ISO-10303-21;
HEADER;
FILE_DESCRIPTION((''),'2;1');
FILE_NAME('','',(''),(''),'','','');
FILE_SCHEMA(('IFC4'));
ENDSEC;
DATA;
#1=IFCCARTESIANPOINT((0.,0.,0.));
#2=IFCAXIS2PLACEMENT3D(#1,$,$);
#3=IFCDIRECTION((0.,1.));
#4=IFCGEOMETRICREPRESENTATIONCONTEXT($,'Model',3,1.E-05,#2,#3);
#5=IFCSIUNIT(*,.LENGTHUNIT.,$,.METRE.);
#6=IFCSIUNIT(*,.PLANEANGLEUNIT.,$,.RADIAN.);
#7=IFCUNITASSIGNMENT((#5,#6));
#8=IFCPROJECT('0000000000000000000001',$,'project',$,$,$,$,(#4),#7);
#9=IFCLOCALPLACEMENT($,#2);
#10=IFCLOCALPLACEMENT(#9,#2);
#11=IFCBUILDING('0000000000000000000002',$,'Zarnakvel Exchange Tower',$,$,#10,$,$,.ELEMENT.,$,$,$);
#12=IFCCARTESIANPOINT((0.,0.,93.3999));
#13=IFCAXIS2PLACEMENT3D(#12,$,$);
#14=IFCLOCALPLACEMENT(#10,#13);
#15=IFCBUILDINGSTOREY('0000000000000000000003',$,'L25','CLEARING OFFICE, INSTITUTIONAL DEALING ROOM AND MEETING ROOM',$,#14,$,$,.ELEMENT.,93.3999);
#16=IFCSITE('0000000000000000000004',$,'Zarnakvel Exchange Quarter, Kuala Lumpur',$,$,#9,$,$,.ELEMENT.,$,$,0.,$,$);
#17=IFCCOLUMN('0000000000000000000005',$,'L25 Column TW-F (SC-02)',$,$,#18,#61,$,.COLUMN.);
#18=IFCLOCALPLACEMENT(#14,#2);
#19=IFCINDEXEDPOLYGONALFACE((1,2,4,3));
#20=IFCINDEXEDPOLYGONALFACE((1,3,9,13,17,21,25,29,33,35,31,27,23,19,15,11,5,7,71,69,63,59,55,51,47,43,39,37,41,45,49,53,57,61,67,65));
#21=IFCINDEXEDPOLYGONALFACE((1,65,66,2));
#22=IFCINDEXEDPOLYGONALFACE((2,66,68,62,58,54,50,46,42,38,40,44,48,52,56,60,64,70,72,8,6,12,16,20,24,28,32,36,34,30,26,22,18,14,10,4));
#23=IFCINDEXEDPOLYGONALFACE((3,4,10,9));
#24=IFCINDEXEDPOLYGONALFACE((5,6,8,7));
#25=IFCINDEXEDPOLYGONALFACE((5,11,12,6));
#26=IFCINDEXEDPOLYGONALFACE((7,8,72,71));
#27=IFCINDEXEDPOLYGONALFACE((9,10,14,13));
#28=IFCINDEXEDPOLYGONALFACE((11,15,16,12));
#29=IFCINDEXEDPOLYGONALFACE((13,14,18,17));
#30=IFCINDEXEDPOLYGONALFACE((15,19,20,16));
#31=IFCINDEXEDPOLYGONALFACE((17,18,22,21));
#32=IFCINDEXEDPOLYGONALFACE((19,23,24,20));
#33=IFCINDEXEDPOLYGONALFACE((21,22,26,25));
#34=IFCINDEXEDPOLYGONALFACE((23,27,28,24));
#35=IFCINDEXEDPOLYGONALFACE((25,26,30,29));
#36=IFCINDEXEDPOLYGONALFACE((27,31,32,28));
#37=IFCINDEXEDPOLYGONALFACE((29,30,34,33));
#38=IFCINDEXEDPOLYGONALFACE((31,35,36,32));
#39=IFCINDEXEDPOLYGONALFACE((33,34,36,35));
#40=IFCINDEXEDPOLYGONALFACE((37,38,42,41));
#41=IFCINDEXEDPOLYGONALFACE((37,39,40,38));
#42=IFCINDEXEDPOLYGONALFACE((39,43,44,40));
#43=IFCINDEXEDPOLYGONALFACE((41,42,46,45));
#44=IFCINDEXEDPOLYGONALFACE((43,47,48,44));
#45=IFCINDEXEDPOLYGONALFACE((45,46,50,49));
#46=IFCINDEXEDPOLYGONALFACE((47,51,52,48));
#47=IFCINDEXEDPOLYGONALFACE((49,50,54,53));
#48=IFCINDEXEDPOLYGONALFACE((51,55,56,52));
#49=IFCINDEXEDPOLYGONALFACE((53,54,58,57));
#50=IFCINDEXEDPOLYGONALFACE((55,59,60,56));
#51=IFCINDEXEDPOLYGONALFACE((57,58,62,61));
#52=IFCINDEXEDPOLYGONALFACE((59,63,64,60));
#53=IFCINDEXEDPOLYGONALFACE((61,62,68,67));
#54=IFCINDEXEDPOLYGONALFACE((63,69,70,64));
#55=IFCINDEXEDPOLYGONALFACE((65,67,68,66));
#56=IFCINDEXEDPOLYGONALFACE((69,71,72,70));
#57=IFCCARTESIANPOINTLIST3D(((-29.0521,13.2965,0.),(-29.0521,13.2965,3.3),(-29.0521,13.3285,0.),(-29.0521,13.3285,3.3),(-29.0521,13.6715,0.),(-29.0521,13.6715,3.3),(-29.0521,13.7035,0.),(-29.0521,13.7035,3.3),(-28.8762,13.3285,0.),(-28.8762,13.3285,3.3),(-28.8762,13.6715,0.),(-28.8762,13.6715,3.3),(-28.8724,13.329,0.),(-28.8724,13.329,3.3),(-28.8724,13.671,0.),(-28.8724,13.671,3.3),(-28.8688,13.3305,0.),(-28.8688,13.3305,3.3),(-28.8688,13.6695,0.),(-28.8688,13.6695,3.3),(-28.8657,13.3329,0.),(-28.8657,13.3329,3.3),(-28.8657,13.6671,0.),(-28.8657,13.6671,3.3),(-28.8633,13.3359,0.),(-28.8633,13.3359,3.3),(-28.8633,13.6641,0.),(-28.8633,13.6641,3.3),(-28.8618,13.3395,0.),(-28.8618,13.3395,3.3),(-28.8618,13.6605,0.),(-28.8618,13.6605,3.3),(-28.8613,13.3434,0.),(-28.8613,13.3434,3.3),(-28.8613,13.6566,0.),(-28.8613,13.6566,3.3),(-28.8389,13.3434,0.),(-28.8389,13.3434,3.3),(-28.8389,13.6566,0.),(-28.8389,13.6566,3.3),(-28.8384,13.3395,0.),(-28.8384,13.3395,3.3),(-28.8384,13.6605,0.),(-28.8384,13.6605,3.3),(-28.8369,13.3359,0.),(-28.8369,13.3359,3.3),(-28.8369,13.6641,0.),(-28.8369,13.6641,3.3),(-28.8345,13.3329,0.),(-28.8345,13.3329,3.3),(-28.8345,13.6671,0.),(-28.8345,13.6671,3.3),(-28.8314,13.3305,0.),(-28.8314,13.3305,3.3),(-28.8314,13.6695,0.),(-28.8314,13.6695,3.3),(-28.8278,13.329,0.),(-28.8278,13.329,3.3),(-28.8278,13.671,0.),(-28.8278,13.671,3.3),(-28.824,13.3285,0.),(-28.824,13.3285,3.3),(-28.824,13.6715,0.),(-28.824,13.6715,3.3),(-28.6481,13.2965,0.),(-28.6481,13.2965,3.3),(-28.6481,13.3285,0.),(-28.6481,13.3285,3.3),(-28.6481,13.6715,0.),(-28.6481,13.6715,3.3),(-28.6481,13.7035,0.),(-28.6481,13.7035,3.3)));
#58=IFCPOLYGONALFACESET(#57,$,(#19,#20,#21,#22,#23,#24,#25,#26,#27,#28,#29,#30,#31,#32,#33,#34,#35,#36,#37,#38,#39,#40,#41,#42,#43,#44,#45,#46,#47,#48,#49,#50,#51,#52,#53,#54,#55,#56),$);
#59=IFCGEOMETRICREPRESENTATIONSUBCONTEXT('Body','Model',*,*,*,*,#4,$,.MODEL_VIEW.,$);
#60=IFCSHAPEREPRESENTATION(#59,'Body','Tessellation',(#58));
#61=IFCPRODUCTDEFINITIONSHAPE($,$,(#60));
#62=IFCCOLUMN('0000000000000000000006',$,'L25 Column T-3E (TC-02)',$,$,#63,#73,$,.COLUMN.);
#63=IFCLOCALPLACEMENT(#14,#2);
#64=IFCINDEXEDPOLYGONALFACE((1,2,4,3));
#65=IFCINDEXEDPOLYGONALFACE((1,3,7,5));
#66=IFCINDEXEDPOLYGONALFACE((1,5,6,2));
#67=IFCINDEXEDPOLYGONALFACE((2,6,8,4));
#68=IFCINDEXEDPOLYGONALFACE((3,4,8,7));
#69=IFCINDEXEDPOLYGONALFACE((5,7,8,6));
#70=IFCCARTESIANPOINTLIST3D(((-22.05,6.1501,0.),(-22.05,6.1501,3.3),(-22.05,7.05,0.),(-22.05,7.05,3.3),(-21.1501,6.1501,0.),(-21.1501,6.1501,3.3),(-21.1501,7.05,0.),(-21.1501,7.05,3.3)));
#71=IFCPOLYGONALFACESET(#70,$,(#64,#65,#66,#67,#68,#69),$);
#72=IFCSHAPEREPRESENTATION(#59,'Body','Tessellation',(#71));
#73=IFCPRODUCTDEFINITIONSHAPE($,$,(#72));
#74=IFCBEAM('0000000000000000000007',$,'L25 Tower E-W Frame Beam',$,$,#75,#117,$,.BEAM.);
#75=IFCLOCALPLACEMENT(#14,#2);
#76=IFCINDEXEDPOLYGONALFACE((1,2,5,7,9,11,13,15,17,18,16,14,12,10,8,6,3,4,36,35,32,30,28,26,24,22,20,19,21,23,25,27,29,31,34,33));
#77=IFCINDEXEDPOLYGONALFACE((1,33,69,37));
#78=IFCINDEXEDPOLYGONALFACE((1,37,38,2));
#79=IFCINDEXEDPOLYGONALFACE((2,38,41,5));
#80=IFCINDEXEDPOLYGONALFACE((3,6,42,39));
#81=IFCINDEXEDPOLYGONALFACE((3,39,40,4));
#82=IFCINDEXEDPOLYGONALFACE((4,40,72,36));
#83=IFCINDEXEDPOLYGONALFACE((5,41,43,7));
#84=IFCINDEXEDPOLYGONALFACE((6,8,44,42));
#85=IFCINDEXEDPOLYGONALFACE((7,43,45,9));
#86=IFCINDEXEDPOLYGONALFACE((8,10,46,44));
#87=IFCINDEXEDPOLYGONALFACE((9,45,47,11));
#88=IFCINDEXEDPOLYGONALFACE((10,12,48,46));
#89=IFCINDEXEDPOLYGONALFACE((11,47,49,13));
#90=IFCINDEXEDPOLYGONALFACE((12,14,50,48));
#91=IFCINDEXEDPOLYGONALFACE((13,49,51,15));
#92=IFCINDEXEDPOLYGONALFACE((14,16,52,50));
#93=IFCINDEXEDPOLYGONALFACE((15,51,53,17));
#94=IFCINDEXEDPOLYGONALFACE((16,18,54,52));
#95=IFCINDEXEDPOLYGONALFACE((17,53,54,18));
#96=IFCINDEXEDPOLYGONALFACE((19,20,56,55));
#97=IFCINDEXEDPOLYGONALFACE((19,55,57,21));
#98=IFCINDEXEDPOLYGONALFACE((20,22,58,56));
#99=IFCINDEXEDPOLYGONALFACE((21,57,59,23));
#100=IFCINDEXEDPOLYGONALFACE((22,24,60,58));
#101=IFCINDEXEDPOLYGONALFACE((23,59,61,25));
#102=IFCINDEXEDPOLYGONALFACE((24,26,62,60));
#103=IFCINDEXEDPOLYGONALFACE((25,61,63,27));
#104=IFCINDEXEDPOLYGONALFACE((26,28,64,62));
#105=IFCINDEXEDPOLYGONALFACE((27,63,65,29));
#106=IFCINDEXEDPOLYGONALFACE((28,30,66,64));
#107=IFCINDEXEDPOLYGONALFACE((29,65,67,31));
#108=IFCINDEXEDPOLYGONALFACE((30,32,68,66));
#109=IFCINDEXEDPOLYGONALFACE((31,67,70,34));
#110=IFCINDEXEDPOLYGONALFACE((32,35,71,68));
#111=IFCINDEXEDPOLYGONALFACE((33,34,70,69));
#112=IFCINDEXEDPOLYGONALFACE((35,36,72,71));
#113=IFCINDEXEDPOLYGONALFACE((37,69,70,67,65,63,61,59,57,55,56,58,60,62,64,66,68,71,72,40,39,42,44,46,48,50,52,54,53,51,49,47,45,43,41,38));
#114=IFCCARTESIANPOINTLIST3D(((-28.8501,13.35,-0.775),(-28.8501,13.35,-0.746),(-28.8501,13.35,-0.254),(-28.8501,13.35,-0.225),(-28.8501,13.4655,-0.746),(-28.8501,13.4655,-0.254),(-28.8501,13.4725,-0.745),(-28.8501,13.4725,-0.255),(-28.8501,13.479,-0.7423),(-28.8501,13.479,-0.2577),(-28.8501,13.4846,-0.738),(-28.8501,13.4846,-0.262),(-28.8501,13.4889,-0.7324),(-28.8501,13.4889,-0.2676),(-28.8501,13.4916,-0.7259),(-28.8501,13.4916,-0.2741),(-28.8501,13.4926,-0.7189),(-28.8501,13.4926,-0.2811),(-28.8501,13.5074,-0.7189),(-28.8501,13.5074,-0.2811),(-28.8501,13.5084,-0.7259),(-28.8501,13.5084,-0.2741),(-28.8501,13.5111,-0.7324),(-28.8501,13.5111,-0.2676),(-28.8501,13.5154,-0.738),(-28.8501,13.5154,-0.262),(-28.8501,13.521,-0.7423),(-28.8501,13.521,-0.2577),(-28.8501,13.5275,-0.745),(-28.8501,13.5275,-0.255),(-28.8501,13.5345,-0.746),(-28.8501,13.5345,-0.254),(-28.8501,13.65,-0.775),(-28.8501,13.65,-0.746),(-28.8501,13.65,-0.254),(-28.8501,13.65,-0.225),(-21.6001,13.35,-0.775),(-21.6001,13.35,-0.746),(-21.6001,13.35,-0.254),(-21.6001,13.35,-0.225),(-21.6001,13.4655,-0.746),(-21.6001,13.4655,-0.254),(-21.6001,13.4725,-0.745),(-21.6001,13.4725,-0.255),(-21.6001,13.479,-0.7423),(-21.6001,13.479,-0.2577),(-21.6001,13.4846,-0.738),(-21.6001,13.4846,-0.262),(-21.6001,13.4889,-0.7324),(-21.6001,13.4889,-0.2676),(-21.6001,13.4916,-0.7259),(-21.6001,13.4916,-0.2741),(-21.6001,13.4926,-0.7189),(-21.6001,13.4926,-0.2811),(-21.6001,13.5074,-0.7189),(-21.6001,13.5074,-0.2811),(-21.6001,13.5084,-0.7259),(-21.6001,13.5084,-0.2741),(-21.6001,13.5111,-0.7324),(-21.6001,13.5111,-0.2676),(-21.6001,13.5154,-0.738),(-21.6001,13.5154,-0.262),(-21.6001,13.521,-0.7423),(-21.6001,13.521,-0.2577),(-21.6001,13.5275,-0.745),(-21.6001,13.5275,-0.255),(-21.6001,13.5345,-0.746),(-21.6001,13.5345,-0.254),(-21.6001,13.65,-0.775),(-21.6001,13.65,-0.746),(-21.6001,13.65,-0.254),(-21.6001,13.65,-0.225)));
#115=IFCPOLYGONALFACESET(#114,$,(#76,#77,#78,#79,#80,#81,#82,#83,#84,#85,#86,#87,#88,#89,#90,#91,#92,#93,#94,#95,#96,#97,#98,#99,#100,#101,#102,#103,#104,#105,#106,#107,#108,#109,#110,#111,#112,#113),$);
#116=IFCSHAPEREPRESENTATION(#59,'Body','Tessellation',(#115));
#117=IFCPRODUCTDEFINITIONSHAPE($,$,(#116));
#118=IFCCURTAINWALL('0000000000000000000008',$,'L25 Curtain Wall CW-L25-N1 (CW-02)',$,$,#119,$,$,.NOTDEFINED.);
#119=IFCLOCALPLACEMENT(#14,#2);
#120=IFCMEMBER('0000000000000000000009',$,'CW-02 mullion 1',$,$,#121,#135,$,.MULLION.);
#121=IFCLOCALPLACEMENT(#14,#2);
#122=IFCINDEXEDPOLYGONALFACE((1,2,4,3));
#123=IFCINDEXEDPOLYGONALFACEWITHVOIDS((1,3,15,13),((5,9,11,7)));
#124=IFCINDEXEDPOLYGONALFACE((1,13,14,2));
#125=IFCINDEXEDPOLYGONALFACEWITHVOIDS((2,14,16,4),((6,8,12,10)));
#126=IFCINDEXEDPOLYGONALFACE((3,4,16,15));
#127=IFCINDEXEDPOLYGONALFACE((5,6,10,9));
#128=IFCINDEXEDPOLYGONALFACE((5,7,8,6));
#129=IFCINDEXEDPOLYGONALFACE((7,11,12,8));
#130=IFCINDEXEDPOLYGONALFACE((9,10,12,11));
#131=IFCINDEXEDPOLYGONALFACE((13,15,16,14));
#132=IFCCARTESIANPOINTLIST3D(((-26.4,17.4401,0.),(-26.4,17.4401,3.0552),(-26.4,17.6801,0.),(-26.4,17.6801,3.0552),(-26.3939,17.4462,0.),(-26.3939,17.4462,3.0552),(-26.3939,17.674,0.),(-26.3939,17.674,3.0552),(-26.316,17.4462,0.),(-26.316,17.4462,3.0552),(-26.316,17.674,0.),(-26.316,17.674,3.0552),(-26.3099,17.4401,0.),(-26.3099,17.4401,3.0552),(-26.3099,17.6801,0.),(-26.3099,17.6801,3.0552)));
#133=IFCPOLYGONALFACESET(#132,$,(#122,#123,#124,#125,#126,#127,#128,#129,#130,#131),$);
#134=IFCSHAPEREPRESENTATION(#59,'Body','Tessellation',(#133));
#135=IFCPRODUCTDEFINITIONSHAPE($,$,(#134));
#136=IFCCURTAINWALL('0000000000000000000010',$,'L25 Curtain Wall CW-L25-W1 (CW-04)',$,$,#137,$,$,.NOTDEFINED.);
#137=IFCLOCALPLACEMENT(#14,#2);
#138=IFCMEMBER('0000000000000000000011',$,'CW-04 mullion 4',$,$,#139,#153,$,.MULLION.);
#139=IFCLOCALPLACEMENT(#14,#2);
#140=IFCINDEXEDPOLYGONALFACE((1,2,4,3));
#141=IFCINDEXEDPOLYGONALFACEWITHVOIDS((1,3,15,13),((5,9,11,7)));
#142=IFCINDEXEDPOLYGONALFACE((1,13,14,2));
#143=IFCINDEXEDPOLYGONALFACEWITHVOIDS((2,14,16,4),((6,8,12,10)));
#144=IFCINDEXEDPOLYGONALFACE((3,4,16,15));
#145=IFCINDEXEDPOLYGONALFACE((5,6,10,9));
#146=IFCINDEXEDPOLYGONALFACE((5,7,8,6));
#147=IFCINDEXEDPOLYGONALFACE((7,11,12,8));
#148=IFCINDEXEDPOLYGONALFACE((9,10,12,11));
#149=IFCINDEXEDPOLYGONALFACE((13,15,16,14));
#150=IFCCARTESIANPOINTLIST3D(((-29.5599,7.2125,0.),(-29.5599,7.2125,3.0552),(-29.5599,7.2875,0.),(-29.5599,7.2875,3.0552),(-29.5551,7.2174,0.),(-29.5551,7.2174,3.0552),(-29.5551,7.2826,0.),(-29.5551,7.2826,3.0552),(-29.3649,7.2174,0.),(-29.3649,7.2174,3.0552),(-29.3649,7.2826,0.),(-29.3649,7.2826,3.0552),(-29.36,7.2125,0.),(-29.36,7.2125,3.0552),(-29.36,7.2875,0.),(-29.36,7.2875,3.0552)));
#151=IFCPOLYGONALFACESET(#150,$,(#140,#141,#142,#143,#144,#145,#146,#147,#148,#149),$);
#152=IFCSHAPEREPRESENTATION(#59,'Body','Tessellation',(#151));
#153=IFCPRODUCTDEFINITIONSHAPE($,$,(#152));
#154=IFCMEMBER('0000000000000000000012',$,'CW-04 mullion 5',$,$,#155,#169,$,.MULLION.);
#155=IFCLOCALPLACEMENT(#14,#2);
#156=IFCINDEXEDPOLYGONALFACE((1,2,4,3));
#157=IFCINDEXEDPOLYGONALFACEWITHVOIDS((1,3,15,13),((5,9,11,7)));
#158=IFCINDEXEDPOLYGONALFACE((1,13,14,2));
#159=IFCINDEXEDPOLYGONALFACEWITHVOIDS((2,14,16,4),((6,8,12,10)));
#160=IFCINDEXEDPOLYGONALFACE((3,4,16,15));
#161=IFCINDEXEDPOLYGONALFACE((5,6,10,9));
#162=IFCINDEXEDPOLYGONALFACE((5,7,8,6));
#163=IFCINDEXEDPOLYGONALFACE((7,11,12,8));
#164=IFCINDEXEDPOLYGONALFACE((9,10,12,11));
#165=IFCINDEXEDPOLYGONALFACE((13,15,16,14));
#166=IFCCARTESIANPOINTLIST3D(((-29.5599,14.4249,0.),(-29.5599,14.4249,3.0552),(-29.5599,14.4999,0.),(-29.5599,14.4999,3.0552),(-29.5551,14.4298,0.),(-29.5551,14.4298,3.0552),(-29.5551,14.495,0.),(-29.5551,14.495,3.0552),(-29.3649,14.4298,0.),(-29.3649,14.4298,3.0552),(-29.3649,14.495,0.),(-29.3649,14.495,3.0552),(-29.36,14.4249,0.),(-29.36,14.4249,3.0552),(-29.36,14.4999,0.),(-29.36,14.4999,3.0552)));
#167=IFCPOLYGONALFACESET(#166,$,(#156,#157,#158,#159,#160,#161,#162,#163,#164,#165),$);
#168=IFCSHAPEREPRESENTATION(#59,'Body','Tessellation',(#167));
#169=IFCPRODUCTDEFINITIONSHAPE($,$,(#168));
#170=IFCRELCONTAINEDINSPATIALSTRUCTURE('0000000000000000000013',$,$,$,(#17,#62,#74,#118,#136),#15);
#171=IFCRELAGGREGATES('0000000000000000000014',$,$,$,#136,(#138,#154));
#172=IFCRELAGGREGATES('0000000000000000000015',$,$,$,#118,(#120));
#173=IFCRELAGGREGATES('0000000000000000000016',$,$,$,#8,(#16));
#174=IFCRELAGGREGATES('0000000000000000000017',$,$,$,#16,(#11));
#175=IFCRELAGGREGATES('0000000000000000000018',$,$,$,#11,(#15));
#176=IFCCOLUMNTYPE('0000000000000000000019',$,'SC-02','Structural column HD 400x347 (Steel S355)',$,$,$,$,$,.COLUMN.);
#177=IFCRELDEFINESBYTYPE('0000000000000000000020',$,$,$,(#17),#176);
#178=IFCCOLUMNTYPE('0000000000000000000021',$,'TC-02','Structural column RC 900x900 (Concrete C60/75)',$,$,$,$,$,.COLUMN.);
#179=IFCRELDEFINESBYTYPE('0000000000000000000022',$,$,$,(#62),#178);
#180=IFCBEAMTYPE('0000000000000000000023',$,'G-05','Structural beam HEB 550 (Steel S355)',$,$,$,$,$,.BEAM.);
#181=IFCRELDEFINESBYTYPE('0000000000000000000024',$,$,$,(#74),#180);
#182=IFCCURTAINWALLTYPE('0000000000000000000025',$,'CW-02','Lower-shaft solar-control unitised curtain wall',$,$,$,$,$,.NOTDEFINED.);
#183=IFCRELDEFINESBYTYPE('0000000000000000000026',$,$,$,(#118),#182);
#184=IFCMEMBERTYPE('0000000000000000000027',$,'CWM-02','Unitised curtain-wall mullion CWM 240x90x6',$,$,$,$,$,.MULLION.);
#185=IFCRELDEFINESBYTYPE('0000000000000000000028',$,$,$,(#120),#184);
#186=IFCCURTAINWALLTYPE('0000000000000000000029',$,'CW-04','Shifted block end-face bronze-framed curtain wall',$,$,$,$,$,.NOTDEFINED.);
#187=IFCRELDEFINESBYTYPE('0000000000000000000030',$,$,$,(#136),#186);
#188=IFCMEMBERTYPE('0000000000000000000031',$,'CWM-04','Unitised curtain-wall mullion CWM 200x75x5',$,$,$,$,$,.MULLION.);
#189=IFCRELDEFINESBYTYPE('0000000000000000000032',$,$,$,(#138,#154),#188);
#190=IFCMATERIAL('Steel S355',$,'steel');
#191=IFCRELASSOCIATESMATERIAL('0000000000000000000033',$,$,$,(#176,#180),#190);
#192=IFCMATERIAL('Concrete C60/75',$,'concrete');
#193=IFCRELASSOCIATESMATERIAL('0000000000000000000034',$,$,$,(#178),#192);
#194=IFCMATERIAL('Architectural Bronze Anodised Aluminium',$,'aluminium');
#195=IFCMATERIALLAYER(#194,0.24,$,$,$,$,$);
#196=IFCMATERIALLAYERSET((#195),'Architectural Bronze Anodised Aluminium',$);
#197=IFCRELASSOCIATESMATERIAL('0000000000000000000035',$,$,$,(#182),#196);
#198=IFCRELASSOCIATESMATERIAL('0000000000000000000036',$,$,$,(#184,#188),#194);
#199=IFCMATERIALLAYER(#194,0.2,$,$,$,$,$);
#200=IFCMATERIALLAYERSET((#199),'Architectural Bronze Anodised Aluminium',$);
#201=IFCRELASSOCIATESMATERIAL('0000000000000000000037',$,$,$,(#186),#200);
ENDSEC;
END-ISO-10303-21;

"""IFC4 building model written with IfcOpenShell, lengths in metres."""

from ifc_helpers import new_model, si_unit, direction, frame, origin, origin_2d, place, context, subcontext, project, spatial, rectangle, hollow_rectangle, i_section, extrude, source, transform, mapped, material, layer, layer_set, material_profile, profile_set, type_object, element, aggregate, save


model = new_model("IFC4")

# Units and contexts
model_context = context("Model", 3, precision=1e-05, world=origin(), true_north=direction((0.0, 1.0)))
body_context = subcontext(model_context, "Body", "Model", "MODEL_VIEW")
ifc_project = project(units=[si_unit("LENGTHUNIT", "METRE"), si_unit("PLANEANGLEUNIT", "RADIAN")], contexts=[model_context])

# Site, building, storey
site_placement = place(None, origin())
site = spatial("IfcSite", under=ifc_project, at=site_placement, Name="Zarnakvel Exchange Quarter, Kuala Lumpur", CompositionType="ELEMENT", RefElevation=0.0)
building_placement = place(site_placement, origin())
building = spatial("IfcBuilding", under=site, at=building_placement, Name="Zarnakvel Exchange Tower", CompositionType="ELEMENT")
storey_placement = place(building_placement, frame((0.0, 0.0, 93.3999)))
storey = spatial("IfcBuildingStorey", under=building, at=storey_placement, Name="L25", Description="CLEARING OFFICE, INSTITUTIONAL DEALING ROOM AND MEETING ROOM", CompositionType="ELEMENT", Elevation=93.3999)

# Columns
ifc_material_1 = material(Name="Steel S355", Category="steel")
ifc_material_profile_1 = material_profile(ifc_material_1, i_section(OverallWidth=0.4041, OverallDepth=0.407, WebThickness=0.0225, FlangeThickness=0.032, FilletRadius=0.0149, at=origin_2d()))
ifc_profile_set_1 = profile_set([ifc_material_profile_1], Name="Steel S355")
column_type_1 = type_object("IfcColumnType", Name="SC-02", Description="Structural column HD 400x347 (Steel S355)", PredefinedType="COLUMN", material=ifc_profile_set_1)
column_1_placement = place(storey_placement, frame((-28.8501, 13.5, 0.0), z_axis=(0.0, 0.0, 1.0), x_axis=(1.0, 0.0, 0.0)))
element("IfcColumn", 1, at=column_1_placement, inside=storey, type_object=column_type_1, Name="L25 Column TW-F (SC-02)", PredefinedType="COLUMN", context=body_context, shape_type="SweptSolid", body=[
    extrude(i_section(OverallWidth=0.4041, OverallDepth=0.407, WebThickness=0.0225, FlangeThickness=0.032, FilletRadius=0.0149, at=origin_2d()), origin(), (0.0, 0.0, 1.0), 3.3),
])
ifc_material_2 = material(Name="Concrete C60/75", Category="concrete")
ifc_material_profile_2 = material_profile(ifc_material_2, rectangle(XDim=0.8999, YDim=0.8999, at=origin_2d()))
ifc_profile_set_2 = profile_set([ifc_material_profile_2], Name="Concrete C60/75")
column_type_2 = type_object("IfcColumnType", Name="TC-02", Description="Structural column RC 900x900 (Concrete C60/75)", PredefinedType="COLUMN", material=ifc_profile_set_2)
column_2_placement = place(storey_placement, frame((-21.6001, 6.6001, 0.0), z_axis=(0.0, 0.0, 1.0), x_axis=(1.0, 0.0, 0.0)))
element("IfcColumn", 2, at=column_2_placement, inside=storey, type_object=column_type_2, Name="L25 Column T-3E (TC-02)", PredefinedType="COLUMN", context=body_context, shape_type="SweptSolid", body=[
    extrude(rectangle(XDim=0.8999, YDim=0.8999, at=origin_2d()), origin(), (0.0, 0.0, 1.0), 3.3),
])

# Beam
ifc_material_profile_3 = material_profile(ifc_material_1, i_section(OverallWidth=0.3, OverallDepth=0.55, WebThickness=0.0149, FlangeThickness=0.0291, FilletRadius=0.0271, at=origin_2d()))
ifc_profile_set_3 = profile_set([ifc_material_profile_3], Name="Steel S355")
beam_type = type_object("IfcBeamType", Name="G-05", Description="Structural beam HEB 550 (Steel S355)", PredefinedType="BEAM", material=ifc_profile_set_3)
beam_placement = place(storey_placement, frame((-28.8501, 13.5, -0.5), z_axis=(1.0, 0.0, 0.0), x_axis=(0.0, 1.0, 0.0)))
element("IfcBeam", 3, at=beam_placement, inside=storey, type_object=beam_type, Name="L25 Tower E-W Frame Beam", PredefinedType="BEAM", context=body_context, shape_type="SweptSolid", body=[
    extrude(i_section(OverallWidth=0.3, OverallDepth=0.55, WebThickness=0.0149, FlangeThickness=0.0291, FilletRadius=0.0271, at=origin_2d()), origin(), (0.0, 0.0, 1.0), 7.25),
])

# Curtain wall, member
ifc_material_3 = material(Name="Architectural Bronze Anodised Aluminium", Category="aluminium")
ifc_layer_1 = layer(ifc_material_3, 0.24)
ifc_layer_set_1 = layer_set([ifc_layer_1], Name="Architectural Bronze Anodised Aluminium")
curtain_wall_type_1 = type_object("IfcCurtainWallType", Name="CW-02", Description="Lower-shaft solar-control unitised curtain wall", PredefinedType="NOTDEFINED", material=ifc_layer_set_1)
curtain_wall_1_placement = place(storey_placement, origin())
curtain_wall_1 = element("IfcCurtainWall", 4, at=curtain_wall_1_placement, inside=storey, type_object=curtain_wall_type_1, Name="L25 Curtain Wall CW-L25-N1 (CW-02)", PredefinedType="NOTDEFINED")
ifc_material_profile_4 = material_profile(ifc_material_3, hollow_rectangle(XDim=0.24, YDim=0.0901, WallThickness=0.0061, at=origin_2d()))
ifc_profile_set_4 = profile_set([ifc_material_profile_4], Name="Architectural Bronze Anodised Aluminium")
member_type_1 = type_object("IfcMemberType", Name="CWM-02", Description="Unitised curtain-wall mullion CWM 240x90x6", PredefinedType="MULLION", material=ifc_profile_set_4)
shared_shape_1 = source(origin(), body_context, "Body", "SweptSolid", [
    extrude(hollow_rectangle(XDim=0.24, YDim=0.0901, WallThickness=0.0061, at=origin_2d()), origin(), (0.0, 0.0, 1.0), 3.0552),
])
member_1_placement = place(storey_placement, frame((-26.355, 17.5601, 0.0), z_axis=(0.0, 0.0, 1.0), x_axis=(0.0, 1.0, 0.0)))
member_1 = element("IfcMember", 5, at=member_1_placement, type_object=member_type_1, Name="CW-02 mullion 1", PredefinedType="MULLION", context=body_context, shape_type="MappedRepresentation", body=[
    mapped(shared_shape_1, transform((0.0, 0.0, 0.0), x_axis=(1.0, 0.0, 0.0), y_axis=(0.0, 1.0, 0.0), z_axis=(0.0, 0.0, 1.0), scale=1.0)),
])

# Curtain wall, members
ifc_layer_2 = layer(ifc_material_3, 0.2)
ifc_layer_set_2 = layer_set([ifc_layer_2], Name="Architectural Bronze Anodised Aluminium")
curtain_wall_type_2 = type_object("IfcCurtainWallType", Name="CW-04", Description="Shifted block end-face bronze-framed curtain wall", PredefinedType="NOTDEFINED", material=ifc_layer_set_2)
curtain_wall_2_placement = place(storey_placement, origin())
curtain_wall_2 = element("IfcCurtainWall", 6, at=curtain_wall_2_placement, inside=storey, type_object=curtain_wall_type_2, Name="L25 Curtain Wall CW-L25-W1 (CW-04)", PredefinedType="NOTDEFINED")
ifc_material_profile_5 = material_profile(ifc_material_3, hollow_rectangle(XDim=0.2, YDim=0.075, WallThickness=0.0049, at=origin_2d()))
ifc_profile_set_5 = profile_set([ifc_material_profile_5], Name="Architectural Bronze Anodised Aluminium")
member_type_2 = type_object("IfcMemberType", Name="CWM-04", Description="Unitised curtain-wall mullion CWM 200x75x5", PredefinedType="MULLION", material=ifc_profile_set_5)
shared_shape_2 = source(origin(), body_context, "Body", "SweptSolid", [
    extrude(hollow_rectangle(XDim=0.2, YDim=0.075, WallThickness=0.0049, at=origin_2d()), origin(), (0.0, 0.0, 1.0), 3.0552),
])
member_2_placement = place(storey_placement, frame((-29.46, 7.25, 0.0), z_axis=(0.0, 0.0, 1.0), x_axis=(-1.0, 0.0, 0.0)))
member_2 = element("IfcMember", 7, at=member_2_placement, type_object=member_type_2, Name="CW-04 mullion 4", PredefinedType="MULLION", context=body_context, shape_type="MappedRepresentation", body=[
    mapped(shared_shape_2, transform((0.0, 0.0, 0.0), x_axis=(1.0, 0.0, 0.0), y_axis=(0.0, 1.0, 0.0), z_axis=(0.0, 0.0, 1.0), scale=1.0)),
])
member_3_placement = place(storey_placement, frame((-29.46, 14.4624, 0.0), z_axis=(0.0, 0.0, 1.0), x_axis=(-1.0, 0.0, 0.0)))
member_3 = element("IfcMember", 8, at=member_3_placement, type_object=member_type_2, Name="CW-04 mullion 5", PredefinedType="MULLION", context=body_context, shape_type="MappedRepresentation", body=[
    mapped(shared_shape_2, transform((0.0, 0.0, 0.0), x_axis=(1.0, 0.0, 0.0), y_axis=(0.0, 1.0, 0.0), z_axis=(0.0, 0.0, 1.0), scale=1.0)),
])

aggregate(curtain_wall_2, [member_2, member_3])
aggregate(curtain_wall_1, [member_1])

save(model, "model.ifc")
